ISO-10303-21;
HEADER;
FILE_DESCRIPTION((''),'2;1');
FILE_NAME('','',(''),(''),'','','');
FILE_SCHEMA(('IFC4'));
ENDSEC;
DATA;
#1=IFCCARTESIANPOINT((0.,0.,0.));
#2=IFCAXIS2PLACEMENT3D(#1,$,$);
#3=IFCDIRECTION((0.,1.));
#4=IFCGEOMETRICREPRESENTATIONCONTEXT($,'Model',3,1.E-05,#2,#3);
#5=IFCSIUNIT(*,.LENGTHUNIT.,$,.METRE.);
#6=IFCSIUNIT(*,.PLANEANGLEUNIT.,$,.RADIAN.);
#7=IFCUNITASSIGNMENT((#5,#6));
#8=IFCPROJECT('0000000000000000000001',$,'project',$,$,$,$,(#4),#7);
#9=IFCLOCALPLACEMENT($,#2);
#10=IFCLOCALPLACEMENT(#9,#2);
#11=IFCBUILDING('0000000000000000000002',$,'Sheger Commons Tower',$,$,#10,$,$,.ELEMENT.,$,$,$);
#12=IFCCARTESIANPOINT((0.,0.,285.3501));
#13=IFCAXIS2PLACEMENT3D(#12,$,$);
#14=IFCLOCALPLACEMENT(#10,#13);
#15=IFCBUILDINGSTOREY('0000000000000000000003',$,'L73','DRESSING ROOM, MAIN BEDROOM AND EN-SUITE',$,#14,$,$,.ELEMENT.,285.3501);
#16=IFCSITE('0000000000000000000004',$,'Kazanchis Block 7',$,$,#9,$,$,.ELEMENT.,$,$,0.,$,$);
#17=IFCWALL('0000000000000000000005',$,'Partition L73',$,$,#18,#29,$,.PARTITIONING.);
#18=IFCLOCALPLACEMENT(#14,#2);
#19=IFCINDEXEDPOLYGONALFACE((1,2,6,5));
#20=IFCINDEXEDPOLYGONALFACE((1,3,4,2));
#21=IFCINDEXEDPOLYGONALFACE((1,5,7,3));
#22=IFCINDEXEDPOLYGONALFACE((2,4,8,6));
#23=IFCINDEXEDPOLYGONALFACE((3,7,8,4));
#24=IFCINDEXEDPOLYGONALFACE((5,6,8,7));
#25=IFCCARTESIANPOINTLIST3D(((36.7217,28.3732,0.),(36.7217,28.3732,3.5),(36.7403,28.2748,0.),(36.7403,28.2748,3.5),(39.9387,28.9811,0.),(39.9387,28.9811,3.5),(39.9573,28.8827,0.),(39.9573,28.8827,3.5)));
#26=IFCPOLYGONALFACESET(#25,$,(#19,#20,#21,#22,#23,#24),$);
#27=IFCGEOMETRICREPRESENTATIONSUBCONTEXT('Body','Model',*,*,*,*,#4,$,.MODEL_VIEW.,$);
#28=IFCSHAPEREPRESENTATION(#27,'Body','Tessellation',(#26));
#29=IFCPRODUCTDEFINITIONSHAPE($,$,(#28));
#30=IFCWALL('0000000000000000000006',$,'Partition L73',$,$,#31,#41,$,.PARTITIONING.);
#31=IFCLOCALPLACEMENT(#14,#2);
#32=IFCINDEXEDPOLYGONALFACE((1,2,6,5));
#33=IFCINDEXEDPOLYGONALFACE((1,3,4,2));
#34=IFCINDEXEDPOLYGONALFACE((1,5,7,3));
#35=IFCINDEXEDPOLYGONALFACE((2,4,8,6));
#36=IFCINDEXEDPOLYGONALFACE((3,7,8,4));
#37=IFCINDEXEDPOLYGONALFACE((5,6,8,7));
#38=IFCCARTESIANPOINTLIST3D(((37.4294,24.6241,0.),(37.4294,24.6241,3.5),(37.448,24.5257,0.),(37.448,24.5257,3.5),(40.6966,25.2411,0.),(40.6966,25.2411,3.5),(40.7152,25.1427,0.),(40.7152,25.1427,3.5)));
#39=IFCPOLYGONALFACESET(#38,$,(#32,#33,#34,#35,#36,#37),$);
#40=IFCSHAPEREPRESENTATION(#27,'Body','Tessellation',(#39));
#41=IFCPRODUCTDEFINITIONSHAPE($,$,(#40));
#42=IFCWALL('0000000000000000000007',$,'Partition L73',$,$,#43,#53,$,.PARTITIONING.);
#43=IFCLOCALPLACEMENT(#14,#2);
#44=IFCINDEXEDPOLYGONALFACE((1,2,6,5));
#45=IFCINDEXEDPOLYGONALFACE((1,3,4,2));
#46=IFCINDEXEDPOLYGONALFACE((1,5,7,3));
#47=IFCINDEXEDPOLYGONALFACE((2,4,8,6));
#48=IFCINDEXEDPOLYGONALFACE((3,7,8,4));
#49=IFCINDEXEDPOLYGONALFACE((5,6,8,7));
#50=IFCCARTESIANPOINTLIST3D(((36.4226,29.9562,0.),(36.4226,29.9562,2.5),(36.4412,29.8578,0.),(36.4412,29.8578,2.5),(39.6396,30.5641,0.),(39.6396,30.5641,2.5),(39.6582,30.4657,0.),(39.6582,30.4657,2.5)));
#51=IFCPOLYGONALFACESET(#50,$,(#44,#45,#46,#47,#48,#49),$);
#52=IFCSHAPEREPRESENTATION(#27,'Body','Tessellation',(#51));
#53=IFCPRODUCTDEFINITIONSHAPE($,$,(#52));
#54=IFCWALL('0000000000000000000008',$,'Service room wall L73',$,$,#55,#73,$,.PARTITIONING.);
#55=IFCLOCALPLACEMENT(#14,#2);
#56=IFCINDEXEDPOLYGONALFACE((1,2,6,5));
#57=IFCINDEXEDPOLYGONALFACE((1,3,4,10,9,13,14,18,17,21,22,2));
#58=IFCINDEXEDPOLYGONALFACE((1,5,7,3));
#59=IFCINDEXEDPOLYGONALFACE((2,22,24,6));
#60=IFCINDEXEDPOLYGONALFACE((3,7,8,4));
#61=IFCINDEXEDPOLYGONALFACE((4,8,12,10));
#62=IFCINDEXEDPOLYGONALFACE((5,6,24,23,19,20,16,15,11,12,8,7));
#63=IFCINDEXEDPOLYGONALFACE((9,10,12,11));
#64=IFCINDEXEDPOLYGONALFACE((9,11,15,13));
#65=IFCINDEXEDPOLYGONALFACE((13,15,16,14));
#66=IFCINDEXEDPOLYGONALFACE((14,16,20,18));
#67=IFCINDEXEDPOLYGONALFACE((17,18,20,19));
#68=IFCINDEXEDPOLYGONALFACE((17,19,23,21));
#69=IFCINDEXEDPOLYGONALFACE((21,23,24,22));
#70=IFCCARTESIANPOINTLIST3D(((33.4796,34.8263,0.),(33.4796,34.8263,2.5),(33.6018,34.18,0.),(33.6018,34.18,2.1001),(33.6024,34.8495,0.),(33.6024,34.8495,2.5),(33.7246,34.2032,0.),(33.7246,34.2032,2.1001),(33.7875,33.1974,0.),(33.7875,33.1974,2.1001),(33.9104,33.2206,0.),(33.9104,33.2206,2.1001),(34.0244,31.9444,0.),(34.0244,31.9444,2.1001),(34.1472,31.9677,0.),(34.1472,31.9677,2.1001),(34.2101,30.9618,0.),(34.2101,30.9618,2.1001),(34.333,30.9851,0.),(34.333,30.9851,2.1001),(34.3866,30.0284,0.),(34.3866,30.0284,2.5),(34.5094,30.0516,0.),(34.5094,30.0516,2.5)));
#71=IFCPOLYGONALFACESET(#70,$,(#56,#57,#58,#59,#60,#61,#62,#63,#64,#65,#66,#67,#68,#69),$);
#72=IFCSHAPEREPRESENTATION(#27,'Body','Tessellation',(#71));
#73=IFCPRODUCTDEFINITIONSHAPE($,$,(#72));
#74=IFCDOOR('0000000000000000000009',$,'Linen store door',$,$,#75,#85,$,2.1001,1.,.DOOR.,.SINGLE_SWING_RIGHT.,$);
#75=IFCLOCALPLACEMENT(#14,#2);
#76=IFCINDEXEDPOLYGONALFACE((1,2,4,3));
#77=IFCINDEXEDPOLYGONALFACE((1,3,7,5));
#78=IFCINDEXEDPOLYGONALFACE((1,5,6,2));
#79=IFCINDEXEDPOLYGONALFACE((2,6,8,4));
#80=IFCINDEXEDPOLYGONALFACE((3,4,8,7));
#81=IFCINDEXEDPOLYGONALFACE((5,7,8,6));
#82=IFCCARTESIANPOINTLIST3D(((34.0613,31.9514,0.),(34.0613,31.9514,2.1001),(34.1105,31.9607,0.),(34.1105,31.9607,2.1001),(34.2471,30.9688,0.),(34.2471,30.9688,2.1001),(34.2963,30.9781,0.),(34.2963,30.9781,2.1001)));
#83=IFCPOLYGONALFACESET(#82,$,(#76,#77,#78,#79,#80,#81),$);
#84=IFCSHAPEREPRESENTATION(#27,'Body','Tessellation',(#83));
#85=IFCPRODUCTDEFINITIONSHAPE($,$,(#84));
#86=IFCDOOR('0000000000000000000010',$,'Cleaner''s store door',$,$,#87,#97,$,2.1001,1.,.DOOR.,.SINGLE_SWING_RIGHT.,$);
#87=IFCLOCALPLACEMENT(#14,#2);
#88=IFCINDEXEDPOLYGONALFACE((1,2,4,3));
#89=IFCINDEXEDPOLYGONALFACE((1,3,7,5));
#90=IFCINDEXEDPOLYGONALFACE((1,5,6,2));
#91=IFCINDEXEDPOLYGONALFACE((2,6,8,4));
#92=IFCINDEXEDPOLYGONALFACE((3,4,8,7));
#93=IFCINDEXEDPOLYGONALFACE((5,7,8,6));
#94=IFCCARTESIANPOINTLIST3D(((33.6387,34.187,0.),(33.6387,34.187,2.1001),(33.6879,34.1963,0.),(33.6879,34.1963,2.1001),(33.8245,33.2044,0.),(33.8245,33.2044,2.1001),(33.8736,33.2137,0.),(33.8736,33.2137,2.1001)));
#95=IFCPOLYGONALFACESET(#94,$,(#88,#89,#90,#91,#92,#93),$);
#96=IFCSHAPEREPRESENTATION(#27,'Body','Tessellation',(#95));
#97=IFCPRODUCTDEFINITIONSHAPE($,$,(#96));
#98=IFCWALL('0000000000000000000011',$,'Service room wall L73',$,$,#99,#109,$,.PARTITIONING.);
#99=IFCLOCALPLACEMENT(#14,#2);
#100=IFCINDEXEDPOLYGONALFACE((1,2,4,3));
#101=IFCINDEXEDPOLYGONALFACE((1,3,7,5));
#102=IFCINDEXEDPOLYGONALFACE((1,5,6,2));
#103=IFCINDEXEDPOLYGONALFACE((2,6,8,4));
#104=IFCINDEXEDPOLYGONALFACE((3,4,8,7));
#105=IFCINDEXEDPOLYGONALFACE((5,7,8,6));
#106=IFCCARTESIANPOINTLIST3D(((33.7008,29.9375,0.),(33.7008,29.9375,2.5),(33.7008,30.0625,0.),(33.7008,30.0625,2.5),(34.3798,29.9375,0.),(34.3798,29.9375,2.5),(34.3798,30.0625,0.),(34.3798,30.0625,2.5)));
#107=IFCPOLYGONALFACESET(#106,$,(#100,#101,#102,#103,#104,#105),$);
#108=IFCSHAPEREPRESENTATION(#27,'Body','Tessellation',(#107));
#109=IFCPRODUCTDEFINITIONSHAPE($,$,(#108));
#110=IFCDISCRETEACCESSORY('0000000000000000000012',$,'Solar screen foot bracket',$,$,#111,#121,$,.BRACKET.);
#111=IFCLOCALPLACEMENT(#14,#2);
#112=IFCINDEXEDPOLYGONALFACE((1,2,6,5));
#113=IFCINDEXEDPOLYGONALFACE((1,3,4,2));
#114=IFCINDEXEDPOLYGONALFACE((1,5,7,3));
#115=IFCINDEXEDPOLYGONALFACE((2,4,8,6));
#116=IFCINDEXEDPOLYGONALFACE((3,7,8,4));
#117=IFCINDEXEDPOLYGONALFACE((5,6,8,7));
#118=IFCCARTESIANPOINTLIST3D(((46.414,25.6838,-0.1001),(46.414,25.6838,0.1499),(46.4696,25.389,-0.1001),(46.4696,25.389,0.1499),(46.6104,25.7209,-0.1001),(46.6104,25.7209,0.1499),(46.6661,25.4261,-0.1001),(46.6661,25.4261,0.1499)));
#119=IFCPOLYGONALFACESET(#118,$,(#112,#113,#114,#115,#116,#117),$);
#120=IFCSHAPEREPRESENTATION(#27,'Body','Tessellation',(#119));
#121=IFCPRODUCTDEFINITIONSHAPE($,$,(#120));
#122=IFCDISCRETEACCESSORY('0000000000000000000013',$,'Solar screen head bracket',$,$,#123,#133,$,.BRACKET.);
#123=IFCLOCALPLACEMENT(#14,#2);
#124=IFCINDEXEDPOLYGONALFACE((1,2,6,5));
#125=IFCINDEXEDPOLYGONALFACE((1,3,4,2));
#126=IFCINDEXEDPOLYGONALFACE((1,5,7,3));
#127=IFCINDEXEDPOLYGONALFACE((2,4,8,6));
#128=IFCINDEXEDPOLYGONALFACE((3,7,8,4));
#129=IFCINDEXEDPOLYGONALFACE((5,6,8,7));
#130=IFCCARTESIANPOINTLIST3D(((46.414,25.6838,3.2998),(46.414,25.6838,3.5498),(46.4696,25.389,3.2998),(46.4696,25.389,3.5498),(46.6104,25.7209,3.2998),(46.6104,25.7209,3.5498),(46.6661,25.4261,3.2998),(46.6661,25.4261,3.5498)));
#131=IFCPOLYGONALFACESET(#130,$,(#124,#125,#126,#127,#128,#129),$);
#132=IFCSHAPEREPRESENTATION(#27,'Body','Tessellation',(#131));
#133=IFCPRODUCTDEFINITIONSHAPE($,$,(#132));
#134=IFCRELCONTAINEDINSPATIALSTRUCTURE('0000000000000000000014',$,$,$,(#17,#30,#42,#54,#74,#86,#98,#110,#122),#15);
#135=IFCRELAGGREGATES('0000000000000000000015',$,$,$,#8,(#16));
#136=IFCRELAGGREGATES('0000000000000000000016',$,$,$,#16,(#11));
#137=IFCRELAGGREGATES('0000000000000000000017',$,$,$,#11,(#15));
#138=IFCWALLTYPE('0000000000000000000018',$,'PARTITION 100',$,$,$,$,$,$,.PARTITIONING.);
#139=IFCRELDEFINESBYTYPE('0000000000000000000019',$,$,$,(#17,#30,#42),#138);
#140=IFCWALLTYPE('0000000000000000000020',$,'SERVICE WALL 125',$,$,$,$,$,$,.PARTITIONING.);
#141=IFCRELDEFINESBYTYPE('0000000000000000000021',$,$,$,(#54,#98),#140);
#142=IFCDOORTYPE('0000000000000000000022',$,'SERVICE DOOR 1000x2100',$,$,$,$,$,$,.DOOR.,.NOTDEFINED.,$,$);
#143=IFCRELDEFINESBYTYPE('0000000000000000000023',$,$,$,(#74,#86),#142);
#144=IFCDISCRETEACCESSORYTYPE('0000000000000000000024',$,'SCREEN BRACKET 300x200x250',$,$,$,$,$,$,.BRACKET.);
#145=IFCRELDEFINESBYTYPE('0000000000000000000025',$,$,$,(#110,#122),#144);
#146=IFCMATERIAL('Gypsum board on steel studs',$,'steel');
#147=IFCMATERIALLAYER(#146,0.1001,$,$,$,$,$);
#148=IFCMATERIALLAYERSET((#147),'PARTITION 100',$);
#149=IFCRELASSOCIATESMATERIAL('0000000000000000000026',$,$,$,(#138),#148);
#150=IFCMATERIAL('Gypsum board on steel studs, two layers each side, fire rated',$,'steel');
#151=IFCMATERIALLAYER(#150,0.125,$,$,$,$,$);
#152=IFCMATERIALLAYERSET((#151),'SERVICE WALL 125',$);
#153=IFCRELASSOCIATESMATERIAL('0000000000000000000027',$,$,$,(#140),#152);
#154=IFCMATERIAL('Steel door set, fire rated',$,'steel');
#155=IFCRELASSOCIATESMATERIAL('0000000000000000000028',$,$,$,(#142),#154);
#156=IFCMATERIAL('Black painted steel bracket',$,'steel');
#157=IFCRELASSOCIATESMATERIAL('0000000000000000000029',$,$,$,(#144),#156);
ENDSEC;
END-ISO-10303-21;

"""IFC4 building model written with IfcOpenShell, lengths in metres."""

from ifc_helpers import new_model, si_unit, direction, frame, frame_2d, origin, origin_2d, place, context, subcontext, project, spatial, rectangle, extrude, material, layer, layer_set, type_object, element, fill, save


model = new_model("IFC4")

# Units and contexts
model_context = context("Model", 3, precision=1e-05, world=origin(), true_north=direction((0.0, 1.0)))
body_context = subcontext(model_context, "Body", "Model", "MODEL_VIEW")
ifc_project = project(units=[si_unit("LENGTHUNIT", "METRE"), si_unit("PLANEANGLEUNIT", "RADIAN")], contexts=[model_context])

# Site, building, storey
site_placement = place(None, origin())
site = spatial("IfcSite", under=ifc_project, at=site_placement, Name="Kazanchis Block 7", CompositionType="ELEMENT", RefElevation=0.0)
building_placement = place(site_placement, origin())
building = spatial("IfcBuilding", under=site, at=building_placement, Name="Sheger Commons Tower", CompositionType="ELEMENT")
storey_placement = place(building_placement, frame((0.0, 0.0, 285.3501)))
storey = spatial("IfcBuildingStorey", under=building, at=storey_placement, Name="L73", Description="DRESSING ROOM, MAIN BEDROOM AND EN-SUITE", CompositionType="ELEMENT", Elevation=285.3501)

# Walls
ifc_material_1 = material(Name="Gypsum board on steel studs", Category="steel")
ifc_layer_1 = layer(ifc_material_1, 0.1001)
ifc_layer_set_1 = layer_set([ifc_layer_1], Name="PARTITION 100")
wall_type_1 = type_object("IfcWallType", Name="PARTITION 100", PredefinedType="PARTITIONING", material=ifc_layer_set_1)
wall_1_placement = place(storey_placement, frame((39.948, 28.9319, 0.0), z_axis=(0.0, 0.0, 1.0), x_axis=(-0.98261, -0.18568, 0.0)))
element("IfcWall", 1, at=wall_1_placement, inside=storey, type_object=wall_type_1, Name="Partition L73", PredefinedType="PARTITIONING", context=body_context, shape_type="SweptSolid", body=[
    extrude(rectangle(XDim=3.2739, YDim=0.1001, at=frame_2d((1.637, 0.0))), origin(), (0.0, 0.0, 1.0), 3.5),
])
wall_2_placement = place(storey_placement, frame((40.7061, 25.1919, 0.0), z_axis=(0.0, 0.0, 1.0), x_axis=(-0.982634, -0.185556, 0.0)))
element("IfcWall", 2, at=wall_2_placement, inside=storey, type_object=wall_type_1, Name="Partition L73", PredefinedType="PARTITIONING", context=body_context, shape_type="SweptSolid", body=[
    extrude(rectangle(XDim=3.325, YDim=0.1001, at=frame_2d((1.6626, 0.0))), origin(), (0.0, 0.0, 1.0), 3.5),
])
wall_3_placement = place(storey_placement, frame((39.6489, 30.5149, 0.0), z_axis=(0.0, 0.0, 1.0), x_axis=(-0.98261, -0.18568, 0.0)))
element("IfcWall", 3, at=wall_3_placement, inside=storey, type_object=wall_type_1, Name="Partition L73", PredefinedType="PARTITIONING", context=body_context, shape_type="SweptSolid", body=[
    extrude(rectangle(XDim=3.2739, YDim=0.1001, at=frame_2d((1.637, 0.0))), origin(), (0.0, 0.0, 1.0), 2.5),
])

# Wall, openings, doors
ifc_material_2 = material(Name="Gypsum board on steel studs, two layers each side, fire rated", Category="steel")
ifc_layer_2 = layer(ifc_material_2, 0.125)
ifc_layer_set_2 = layer_set([ifc_layer_2], Name="SERVICE WALL 125")
wall_type_2 = type_object("IfcWallType", Name="SERVICE WALL 125", PredefinedType="PARTITIONING", material=ifc_layer_set_2)
wall_4_placement = place(storey_placement, frame((34.448, 30.04, 0.0), z_axis=(0.0, 0.0, 1.0), x_axis=(-0.185749, 0.982597, 0.0)))
wall_4 = element("IfcWall", 4, at=wall_4_placement, inside=storey, type_object=wall_type_2, Name="Service room wall L73", PredefinedType="PARTITIONING", context=body_context, shape_type="SweptSolid", body=[
    extrude(rectangle(XDim=4.8828, YDim=0.125, at=frame_2d((2.4414, 0.0))), origin(), (0.0, 0.0, 1.0), 2.5),
])
opening_1_placement = place(wall_4_placement, frame((0.95, 0.0, 0.0)))
opening_1 = element("IfcOpeningElement", 5, at=opening_1_placement, cuts=wall_4, PredefinedType="OPENING", context=body_context, shape_type="SweptSolid", body=[
    extrude(rectangle(XDim=1.0, YDim=2.1001, at=frame_2d((0.5, 1.05))), frame((0.0, 0.0725, 0.0), z_axis=(0.0, -1.0, 0.0), x_axis=(1.0, 0.0, 0.0)), (0.0, 0.0, 1.0), 0.145),
])
opening_2_placement = place(wall_4_placement, frame((3.2251, 0.0, 0.0)))
opening_2 = element("IfcOpeningElement", 6, at=opening_2_placement, cuts=wall_4, PredefinedType="OPENING", context=body_context, shape_type="SweptSolid", body=[
    extrude(rectangle(XDim=1.0, YDim=2.1001, at=frame_2d((0.5, 1.05))), frame((0.0, 0.0725, 0.0), z_axis=(0.0, -1.0, 0.0), x_axis=(1.0, 0.0, 0.0)), (0.0, 0.0, 1.0), 0.145),
])
ifc_material_3 = material(Name="Steel door set, fire rated", Category="steel")
door_type = type_object("IfcDoorType", Name="SERVICE DOOR 1000x2100", OperationType="NOTDEFINED", PredefinedType="DOOR", material=ifc_material_3)
door_1_placement = place(opening_1_placement, origin())
door_1 = element("IfcDoor", 7, at=door_1_placement, inside=storey, type_object=door_type, Name="Linen store door", OperationType="SINGLE_SWING_RIGHT", OverallHeight=2.1001, OverallWidth=1.0, PredefinedType="DOOR", context=body_context, shape_type="SweptSolid", body=[
    extrude(rectangle(XDim=1.0, YDim=2.1001, at=frame_2d((0.5, 1.05))), frame((0.0, 0.0249, 0.0), z_axis=(0.0, -1.0, 0.0), x_axis=(1.0, 0.0, 0.0)), (0.0, 0.0, 1.0), 0.05),
])
fill(opening_1, door_1)
door_2_placement = place(opening_2_placement, origin())
door_2 = element("IfcDoor", 8, at=door_2_placement, inside=storey, type_object=door_type, Name="Cleaner's store door", OperationType="SINGLE_SWING_RIGHT", OverallHeight=2.1001, OverallWidth=1.0, PredefinedType="DOOR", context=body_context, shape_type="SweptSolid", body=[
    extrude(rectangle(XDim=1.0, YDim=2.1001, at=frame_2d((0.5, 1.05))), frame((0.0, 0.0249, 0.0), z_axis=(0.0, -1.0, 0.0), x_axis=(1.0, 0.0, 0.0)), (0.0, 0.0, 1.0), 0.05),
])
fill(opening_2, door_2)

# Wall
wall_5_placement = place(storey_placement, frame((33.7009, 30.0, 0.0), z_axis=(0.0, 0.0, 1.0), x_axis=(1.0, 0.0, 0.0)))
element("IfcWall", 9, at=wall_5_placement, inside=storey, type_object=wall_type_2, Name="Service room wall L73", PredefinedType="PARTITIONING", context=body_context, shape_type="SweptSolid", body=[
    extrude(rectangle(XDim=0.679, YDim=0.125, at=frame_2d((0.3394, 0.0))), origin(), (0.0, 0.0, 1.0), 2.5),
])

# Discrete accessories
ifc_material_4 = material(Name="Black painted steel bracket", Category="steel")
discrete_accessory_type = type_object("IfcDiscreteAccessoryType", Name="SCREEN BRACKET 300x200x250", PredefinedType="BRACKET", material=ifc_material_4)
for number, where, z_axis, x_axis, name in (
    (10, (46.54, 25.5549, -0.1001), (0.0, 0.0, 1.0), (-0.185615, 0.982623, 0.0), "Solar screen foot bracket"),
    (11, (46.54, 25.5549, 3.2998), (0.0, 0.0, 1.0), (-0.185615, 0.982623, 0.0), "Solar screen head bracket"),
):
    element("IfcDiscreteAccessory", number, at=place(storey_placement, frame(where, z_axis=z_axis, x_axis=x_axis)), inside=storey, type_object=discrete_accessory_type, Name=name, PredefinedType="BRACKET", context=body_context, shape_type="SweptSolid", body=[
        extrude(rectangle(XDim=0.3, YDim=0.2, at=origin_2d()), origin(), (0.0, 0.0, 1.0), 0.25),
    ])

save(model, "model.ifc")
